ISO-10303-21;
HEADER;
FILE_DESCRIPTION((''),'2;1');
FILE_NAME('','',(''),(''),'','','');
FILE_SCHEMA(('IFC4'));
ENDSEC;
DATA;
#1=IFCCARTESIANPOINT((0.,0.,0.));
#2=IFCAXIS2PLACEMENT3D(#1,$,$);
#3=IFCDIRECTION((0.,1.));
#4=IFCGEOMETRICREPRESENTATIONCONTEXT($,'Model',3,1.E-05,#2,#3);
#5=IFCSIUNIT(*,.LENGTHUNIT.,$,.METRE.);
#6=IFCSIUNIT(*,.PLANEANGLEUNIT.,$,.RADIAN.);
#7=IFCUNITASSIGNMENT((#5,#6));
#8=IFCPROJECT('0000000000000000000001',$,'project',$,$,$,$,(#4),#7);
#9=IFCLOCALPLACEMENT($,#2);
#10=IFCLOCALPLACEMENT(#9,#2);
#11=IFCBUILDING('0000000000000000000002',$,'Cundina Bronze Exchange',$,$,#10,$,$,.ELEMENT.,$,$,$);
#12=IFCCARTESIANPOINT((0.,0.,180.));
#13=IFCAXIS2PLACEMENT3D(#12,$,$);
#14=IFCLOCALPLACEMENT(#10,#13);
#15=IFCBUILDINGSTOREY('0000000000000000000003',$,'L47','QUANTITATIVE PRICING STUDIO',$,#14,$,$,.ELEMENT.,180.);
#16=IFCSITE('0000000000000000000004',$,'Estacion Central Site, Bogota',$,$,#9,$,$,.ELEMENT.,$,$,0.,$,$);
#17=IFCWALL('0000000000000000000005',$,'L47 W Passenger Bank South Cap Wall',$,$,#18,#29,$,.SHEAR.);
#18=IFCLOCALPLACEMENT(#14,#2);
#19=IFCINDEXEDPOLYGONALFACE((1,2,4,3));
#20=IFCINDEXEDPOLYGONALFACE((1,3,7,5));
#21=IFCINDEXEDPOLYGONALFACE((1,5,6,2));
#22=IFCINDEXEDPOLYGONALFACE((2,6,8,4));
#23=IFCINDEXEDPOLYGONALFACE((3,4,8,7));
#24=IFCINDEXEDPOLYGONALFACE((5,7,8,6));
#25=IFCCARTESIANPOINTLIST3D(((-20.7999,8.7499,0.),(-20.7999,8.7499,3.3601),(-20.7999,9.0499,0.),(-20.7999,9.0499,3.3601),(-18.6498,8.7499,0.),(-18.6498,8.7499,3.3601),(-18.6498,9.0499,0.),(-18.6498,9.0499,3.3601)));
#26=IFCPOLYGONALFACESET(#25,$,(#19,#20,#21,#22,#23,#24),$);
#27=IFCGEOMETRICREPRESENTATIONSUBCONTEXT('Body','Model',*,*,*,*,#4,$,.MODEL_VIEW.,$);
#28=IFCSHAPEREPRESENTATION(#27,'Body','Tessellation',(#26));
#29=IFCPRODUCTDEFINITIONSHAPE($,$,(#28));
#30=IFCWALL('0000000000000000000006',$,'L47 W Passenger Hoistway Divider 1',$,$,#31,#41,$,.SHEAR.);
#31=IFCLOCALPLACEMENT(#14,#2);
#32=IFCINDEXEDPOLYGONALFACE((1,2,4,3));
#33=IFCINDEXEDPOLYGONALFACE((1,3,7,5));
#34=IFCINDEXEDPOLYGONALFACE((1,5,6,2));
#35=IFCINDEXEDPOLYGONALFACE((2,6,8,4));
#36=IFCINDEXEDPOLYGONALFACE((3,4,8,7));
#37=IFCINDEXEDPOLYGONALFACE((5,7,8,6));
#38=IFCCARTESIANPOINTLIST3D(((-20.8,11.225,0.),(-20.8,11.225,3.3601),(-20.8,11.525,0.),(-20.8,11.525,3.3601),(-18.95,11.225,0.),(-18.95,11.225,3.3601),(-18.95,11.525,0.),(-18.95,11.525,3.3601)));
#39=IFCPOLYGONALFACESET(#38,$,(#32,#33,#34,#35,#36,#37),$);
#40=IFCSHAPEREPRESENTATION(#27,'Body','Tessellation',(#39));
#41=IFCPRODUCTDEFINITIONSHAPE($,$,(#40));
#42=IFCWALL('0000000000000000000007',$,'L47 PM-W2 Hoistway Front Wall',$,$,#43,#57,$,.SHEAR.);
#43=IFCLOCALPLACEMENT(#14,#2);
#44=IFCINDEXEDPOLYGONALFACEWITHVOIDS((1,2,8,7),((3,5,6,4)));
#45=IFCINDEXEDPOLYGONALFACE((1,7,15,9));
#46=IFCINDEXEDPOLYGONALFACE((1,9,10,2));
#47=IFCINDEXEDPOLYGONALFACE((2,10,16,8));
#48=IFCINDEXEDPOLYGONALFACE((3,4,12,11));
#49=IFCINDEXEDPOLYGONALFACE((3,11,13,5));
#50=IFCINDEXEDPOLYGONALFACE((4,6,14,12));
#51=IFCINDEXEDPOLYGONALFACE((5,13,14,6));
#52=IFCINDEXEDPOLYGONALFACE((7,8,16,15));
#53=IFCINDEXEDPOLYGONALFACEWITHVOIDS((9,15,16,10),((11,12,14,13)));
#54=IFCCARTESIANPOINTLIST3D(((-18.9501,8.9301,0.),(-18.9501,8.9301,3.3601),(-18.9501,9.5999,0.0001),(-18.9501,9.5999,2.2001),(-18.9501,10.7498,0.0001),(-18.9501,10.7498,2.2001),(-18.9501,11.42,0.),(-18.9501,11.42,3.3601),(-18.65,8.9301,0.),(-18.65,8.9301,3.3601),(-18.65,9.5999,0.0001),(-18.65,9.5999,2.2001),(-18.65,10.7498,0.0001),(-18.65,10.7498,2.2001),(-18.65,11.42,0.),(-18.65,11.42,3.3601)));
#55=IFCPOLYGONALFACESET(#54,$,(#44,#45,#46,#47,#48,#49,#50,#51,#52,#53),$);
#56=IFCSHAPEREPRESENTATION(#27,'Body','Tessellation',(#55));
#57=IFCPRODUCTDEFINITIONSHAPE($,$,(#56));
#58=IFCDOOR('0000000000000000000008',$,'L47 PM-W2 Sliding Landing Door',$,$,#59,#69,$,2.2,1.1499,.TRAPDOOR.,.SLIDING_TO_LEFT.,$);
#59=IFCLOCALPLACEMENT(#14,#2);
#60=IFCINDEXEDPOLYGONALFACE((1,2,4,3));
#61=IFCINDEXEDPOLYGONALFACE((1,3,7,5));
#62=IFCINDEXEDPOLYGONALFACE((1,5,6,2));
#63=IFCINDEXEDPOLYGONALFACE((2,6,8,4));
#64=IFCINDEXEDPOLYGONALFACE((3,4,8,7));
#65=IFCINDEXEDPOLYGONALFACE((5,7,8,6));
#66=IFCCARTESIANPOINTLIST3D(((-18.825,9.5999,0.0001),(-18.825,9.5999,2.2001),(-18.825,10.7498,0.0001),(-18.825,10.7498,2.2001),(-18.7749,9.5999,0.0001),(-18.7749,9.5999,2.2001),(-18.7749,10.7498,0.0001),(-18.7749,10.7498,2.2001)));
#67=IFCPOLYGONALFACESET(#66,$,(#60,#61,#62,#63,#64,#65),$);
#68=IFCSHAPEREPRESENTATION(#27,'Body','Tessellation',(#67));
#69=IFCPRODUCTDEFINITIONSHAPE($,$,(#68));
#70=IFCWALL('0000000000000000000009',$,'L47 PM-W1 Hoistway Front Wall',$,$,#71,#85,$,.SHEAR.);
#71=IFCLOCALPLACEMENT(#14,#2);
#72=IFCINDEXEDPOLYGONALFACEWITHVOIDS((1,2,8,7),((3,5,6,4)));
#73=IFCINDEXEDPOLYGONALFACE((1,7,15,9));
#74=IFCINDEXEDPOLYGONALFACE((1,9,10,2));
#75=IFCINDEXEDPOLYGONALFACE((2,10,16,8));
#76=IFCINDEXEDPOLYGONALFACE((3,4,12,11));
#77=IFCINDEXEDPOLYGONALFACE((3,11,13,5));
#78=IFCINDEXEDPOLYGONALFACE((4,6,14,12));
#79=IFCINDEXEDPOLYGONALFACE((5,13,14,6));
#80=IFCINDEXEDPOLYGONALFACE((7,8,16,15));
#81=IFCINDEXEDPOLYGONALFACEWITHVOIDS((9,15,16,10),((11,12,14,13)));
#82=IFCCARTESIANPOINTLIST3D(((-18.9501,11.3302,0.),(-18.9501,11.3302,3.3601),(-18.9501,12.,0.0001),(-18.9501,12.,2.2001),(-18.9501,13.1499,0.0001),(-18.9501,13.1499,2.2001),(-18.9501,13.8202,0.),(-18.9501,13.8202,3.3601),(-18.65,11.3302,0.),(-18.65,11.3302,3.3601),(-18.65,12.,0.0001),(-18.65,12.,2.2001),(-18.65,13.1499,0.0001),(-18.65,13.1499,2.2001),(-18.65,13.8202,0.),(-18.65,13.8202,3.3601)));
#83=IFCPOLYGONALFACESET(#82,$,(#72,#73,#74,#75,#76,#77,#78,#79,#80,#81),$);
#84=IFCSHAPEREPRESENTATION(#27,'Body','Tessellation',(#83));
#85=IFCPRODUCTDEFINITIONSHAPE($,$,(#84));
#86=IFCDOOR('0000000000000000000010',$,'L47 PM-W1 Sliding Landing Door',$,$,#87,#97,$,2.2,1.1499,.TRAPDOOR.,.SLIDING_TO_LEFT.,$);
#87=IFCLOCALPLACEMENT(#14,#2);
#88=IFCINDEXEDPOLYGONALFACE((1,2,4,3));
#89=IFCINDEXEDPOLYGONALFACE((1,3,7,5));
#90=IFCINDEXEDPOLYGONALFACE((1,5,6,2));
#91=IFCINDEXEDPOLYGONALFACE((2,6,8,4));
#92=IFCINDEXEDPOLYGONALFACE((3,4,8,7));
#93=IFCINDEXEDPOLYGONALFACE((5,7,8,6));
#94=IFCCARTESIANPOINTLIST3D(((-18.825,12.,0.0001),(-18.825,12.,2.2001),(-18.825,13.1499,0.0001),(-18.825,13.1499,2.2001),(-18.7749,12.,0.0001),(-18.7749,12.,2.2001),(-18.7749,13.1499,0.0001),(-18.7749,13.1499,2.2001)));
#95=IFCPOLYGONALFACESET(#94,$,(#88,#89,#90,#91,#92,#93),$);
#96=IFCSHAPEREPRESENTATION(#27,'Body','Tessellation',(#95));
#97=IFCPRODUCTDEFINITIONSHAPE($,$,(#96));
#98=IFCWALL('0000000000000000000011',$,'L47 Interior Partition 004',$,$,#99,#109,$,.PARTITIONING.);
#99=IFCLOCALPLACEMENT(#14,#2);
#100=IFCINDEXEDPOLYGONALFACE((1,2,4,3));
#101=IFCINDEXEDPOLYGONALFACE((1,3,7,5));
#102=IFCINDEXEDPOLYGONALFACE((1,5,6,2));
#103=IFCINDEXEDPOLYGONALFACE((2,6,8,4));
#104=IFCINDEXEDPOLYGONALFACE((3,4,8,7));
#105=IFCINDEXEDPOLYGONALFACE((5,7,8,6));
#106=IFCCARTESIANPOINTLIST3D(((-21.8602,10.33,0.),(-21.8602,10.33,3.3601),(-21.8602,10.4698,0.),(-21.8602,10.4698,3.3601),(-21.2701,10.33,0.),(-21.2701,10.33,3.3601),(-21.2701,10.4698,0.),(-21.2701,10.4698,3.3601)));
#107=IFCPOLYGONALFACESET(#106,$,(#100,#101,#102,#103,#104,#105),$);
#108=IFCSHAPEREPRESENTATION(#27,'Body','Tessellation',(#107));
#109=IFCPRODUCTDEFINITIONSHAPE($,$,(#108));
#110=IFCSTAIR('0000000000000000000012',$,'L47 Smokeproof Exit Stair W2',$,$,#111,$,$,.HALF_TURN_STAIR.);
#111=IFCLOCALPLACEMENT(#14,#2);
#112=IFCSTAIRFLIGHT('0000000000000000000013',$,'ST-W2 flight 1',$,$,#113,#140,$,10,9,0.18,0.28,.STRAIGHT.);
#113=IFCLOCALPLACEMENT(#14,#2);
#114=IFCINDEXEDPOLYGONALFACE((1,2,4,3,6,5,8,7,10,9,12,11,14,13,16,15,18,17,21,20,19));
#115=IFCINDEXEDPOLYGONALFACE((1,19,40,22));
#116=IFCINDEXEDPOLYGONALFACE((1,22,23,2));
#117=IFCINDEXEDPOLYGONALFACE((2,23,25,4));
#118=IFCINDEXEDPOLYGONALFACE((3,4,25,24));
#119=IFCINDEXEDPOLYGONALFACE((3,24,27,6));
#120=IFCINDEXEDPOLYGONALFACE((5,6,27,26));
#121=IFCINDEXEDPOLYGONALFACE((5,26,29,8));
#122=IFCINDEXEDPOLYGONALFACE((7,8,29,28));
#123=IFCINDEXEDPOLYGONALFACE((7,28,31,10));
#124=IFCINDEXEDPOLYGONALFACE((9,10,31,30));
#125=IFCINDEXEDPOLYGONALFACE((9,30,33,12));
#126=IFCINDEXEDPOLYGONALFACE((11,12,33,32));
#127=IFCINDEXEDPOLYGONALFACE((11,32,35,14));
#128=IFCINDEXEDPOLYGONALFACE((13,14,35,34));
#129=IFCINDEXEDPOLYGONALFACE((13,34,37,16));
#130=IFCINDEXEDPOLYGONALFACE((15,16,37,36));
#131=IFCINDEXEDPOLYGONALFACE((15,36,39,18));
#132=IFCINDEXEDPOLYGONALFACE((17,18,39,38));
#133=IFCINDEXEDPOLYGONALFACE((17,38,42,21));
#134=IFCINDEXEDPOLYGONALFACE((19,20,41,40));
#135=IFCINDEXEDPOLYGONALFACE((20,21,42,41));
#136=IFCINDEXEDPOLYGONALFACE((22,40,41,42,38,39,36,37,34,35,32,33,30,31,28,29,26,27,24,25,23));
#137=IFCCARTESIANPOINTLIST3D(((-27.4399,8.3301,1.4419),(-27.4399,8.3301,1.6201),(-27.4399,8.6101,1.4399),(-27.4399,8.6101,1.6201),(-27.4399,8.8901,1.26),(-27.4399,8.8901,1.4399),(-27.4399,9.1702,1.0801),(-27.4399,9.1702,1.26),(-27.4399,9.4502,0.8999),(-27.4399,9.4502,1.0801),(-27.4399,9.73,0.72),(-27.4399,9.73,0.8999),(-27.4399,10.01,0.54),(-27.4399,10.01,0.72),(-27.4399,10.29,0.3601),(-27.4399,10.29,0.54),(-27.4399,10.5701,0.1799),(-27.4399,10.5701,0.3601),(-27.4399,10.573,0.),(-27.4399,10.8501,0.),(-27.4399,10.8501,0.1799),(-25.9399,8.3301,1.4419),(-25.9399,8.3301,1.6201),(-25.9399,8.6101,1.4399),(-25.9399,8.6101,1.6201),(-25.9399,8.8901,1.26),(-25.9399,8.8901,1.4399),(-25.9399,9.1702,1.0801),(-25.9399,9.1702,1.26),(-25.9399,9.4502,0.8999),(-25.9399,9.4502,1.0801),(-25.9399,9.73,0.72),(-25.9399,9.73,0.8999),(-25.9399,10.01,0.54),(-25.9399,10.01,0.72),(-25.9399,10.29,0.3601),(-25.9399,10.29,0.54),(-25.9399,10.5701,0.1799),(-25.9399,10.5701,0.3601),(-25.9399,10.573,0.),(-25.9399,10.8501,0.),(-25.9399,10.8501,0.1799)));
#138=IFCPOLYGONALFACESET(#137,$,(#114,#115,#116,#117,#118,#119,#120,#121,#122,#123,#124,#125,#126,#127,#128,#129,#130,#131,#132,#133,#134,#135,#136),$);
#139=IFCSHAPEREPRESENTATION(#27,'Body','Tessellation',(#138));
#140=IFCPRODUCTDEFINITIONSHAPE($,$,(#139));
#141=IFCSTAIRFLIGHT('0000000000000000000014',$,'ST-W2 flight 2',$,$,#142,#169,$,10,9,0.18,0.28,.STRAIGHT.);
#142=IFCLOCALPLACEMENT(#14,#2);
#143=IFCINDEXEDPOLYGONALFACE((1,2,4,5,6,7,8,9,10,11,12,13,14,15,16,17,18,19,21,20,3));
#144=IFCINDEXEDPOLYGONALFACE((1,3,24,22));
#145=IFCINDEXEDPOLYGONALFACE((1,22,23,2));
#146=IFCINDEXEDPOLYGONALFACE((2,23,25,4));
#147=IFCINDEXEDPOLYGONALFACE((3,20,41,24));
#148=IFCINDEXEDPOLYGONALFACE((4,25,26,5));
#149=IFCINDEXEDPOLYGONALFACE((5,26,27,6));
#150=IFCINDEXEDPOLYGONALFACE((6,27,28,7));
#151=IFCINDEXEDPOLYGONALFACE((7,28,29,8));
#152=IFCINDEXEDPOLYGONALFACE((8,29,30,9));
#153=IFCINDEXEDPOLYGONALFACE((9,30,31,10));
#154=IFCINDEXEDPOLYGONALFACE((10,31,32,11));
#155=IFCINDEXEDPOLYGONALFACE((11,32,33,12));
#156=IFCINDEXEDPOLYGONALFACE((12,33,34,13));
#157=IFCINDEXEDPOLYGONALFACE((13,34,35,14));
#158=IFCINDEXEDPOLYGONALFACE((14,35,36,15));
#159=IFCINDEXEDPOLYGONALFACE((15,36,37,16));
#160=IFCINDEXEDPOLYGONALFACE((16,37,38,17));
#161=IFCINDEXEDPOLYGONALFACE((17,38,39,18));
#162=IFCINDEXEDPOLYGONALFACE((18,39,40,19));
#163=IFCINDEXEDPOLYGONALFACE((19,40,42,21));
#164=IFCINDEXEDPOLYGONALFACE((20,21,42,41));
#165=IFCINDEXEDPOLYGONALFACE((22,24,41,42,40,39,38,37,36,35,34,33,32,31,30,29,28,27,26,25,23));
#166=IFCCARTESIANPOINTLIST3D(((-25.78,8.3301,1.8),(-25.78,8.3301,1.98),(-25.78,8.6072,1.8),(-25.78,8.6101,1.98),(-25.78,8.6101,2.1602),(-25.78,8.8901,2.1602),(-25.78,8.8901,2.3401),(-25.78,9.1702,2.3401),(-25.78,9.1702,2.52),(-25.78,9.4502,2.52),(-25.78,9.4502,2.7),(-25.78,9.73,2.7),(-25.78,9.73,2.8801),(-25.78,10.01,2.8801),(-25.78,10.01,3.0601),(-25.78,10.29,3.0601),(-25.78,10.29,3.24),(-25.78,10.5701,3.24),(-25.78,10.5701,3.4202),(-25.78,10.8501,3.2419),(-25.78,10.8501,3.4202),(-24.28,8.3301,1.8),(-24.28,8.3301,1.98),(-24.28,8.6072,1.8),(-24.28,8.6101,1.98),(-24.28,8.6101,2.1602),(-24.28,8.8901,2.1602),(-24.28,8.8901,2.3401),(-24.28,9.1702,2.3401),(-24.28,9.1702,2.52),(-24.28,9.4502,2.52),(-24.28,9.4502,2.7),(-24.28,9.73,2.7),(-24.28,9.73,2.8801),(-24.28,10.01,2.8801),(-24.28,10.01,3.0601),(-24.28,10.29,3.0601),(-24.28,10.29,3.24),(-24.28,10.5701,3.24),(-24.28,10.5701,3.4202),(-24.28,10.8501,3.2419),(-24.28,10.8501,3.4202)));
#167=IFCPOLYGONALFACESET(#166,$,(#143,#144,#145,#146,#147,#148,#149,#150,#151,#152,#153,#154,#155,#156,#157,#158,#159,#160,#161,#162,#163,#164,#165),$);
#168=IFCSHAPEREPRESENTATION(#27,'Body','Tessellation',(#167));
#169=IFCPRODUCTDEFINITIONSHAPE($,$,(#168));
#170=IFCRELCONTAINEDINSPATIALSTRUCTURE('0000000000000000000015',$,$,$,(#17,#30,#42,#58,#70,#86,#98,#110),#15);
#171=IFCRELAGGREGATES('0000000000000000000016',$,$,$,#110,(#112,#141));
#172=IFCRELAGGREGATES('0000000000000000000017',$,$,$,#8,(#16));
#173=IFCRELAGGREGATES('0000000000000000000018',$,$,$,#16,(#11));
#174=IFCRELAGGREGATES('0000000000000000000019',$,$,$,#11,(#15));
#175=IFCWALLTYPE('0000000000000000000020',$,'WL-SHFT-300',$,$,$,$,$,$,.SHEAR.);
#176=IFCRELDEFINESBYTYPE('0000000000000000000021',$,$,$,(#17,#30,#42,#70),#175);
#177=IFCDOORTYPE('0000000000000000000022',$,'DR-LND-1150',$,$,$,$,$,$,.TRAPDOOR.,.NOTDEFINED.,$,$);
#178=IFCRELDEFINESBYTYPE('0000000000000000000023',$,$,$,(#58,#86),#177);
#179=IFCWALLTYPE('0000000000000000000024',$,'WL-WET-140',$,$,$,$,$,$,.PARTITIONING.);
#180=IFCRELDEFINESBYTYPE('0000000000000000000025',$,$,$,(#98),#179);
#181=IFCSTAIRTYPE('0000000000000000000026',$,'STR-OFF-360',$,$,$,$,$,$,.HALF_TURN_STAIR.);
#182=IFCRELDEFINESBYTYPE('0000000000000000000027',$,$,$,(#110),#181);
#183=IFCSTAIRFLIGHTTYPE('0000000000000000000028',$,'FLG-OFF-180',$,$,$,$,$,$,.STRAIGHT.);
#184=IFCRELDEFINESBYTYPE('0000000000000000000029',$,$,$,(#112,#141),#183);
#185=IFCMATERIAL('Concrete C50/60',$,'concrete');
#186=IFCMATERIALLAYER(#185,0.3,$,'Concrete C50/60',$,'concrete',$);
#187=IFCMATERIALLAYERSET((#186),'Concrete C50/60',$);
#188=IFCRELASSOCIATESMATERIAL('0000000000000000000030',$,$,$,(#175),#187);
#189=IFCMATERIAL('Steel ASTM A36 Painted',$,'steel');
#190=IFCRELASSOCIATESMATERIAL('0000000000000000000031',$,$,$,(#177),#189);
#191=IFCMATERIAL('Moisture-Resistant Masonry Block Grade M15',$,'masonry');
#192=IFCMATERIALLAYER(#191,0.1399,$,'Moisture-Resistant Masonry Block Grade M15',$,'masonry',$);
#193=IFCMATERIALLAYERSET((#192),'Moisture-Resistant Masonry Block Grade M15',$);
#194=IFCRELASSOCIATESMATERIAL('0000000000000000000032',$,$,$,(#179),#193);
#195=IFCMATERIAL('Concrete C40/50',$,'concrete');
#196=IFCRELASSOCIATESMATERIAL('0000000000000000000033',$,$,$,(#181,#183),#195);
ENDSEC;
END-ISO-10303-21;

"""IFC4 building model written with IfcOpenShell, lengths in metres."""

from ifc_helpers import new_model, si_unit, direction, frame, frame_2d, origin, place, context, subcontext, project, spatial, polyline, rectangle, outline, extrude, material, layer, layer_set, type_object, element, fill, aggregate, save


model = new_model("IFC4")

# Units and contexts
model_context = context("Model", 3, precision=1e-05, world=origin(), true_north=direction((0.0, 1.0)))
body_context = subcontext(model_context, "Body", "Model", "MODEL_VIEW")
ifc_project = project(units=[si_unit("LENGTHUNIT", "METRE"), si_unit("PLANEANGLEUNIT", "RADIAN")], contexts=[model_context])

# Site, building, storey
site_placement = place(None, origin())
site = spatial("IfcSite", under=ifc_project, at=site_placement, Name="Estacion Central Site, Bogota", CompositionType="ELEMENT", RefElevation=0.0)
building_placement = place(site_placement, origin())
building = spatial("IfcBuilding", under=site, at=building_placement, Name="Cundina Bronze Exchange", CompositionType="ELEMENT")
storey_placement = place(building_placement, frame((0.0, 0.0, 180.0)))
storey = spatial("IfcBuildingStorey", under=building, at=storey_placement, Name="L47", Description="QUANTITATIVE PRICING STUDIO", CompositionType="ELEMENT", Elevation=180.0)

# Shared definitions
ifc_material_1 = material(Name="Concrete C50/60", Category="concrete")

# Shared definitions
ifc_layer_1 = layer(ifc_material_1, 0.3, Name="Concrete C50/60", Category="concrete")
ifc_layer_set_1 = layer_set([ifc_layer_1], Name="Concrete C50/60")
wall_type_1 = type_object("IfcWallType", Name="WL-SHFT-300", PredefinedType="SHEAR", material=ifc_layer_set_1)
ifc_material_2 = material(Name="Steel ASTM A36 Painted", Category="steel")
door_type = type_object("IfcDoorType", Name="DR-LND-1150", OperationType="NOTDEFINED", PredefinedType="TRAPDOOR", material=ifc_material_2)

# Walls
wall_1_placement = place(storey_placement, frame((-20.8, 8.8999, 0.0), z_axis=(0.0, 0.0, 1.0), x_axis=(1.0, 0.0, 0.0)))
element("IfcWall", 1, at=wall_1_placement, inside=storey, type_object=wall_type_1, Name="L47 W Passenger Bank South Cap Wall", PredefinedType="SHEAR", context=body_context, shape_type="SweptSolid", body=[
    extrude(rectangle(XDim=2.1501, YDim=0.3, at=frame_2d((1.0752, 0.0))), origin(), (0.0, 0.0, 1.0), 3.3601),
])
wall_2_placement = place(storey_placement, frame((-20.8, 11.375, 0.0), z_axis=(0.0, 0.0, 1.0), x_axis=(1.0, 0.0, 0.0)))
element("IfcWall", 2, at=wall_2_placement, inside=storey, type_object=wall_type_1, Name="L47 W Passenger Hoistway Divider 1", PredefinedType="SHEAR", context=body_context, shape_type="SweptSolid", body=[
    extrude(rectangle(XDim=1.8501, YDim=0.3, at=frame_2d((0.925, 0.0))), origin(), (0.0, 0.0, 1.0), 3.3601),
])

# Walls, openings, doors
wall_3_placement = place(storey_placement, frame((-18.8, 8.9299, 0.0), z_axis=(0.0, 0.0, 1.0), x_axis=(0.0, 1.0, 0.0)))
wall_3 = element("IfcWall", 3, at=wall_3_placement, inside=storey, type_object=wall_type_1, Name="L47 PM-W2 Hoistway Front Wall", PredefinedType="SHEAR", context=body_context, shape_type="SweptSolid", body=[
    extrude(rectangle(XDim=2.49, YDim=0.3, at=frame_2d((1.2451, 0.0))), origin(), (0.0, 0.0, 1.0), 3.3601),
])
opening_1_placement = place(wall_3_placement, frame((0.6699, 0.0, 0.0)))
opening_1 = element("IfcOpeningElement", 4, at=opening_1_placement, cuts=wall_3, PredefinedType="OPENING", context=body_context, shape_type="SweptSolid", body=[
    extrude(rectangle(XDim=1.1499, YDim=2.2, at=frame_2d((0.575, 1.1001))), frame((0.0, 0.1599, 0.0), z_axis=(0.0, -1.0, 0.0), x_axis=(1.0, 0.0, 0.0)), (0.0, 0.0, 1.0), 0.3201),
])
door_1_placement = place(opening_1_placement, origin())
door_1 = element("IfcDoor", 5, at=door_1_placement, inside=storey, type_object=door_type, Name="L47 PM-W2 Sliding Landing Door", OperationType="SLIDING_TO_LEFT", OverallHeight=2.2, OverallWidth=1.1499, PredefinedType="TRAPDOOR", context=body_context, shape_type="SweptSolid", body=[
    extrude(rectangle(XDim=1.1499, YDim=2.2, at=frame_2d((0.575, 1.1001))), frame((0.0, 0.0249, 0.0), z_axis=(0.0, -1.0, 0.0), x_axis=(1.0, 0.0, 0.0)), (0.0, 0.0, 1.0), 0.05),
])
fill(opening_1, door_1)
wall_4_placement = place(storey_placement, frame((-18.8, 11.3301, 0.0), z_axis=(0.0, 0.0, 1.0), x_axis=(0.0, 1.0, 0.0)))
wall_4 = element("IfcWall", 6, at=wall_4_placement, inside=storey, type_object=wall_type_1, Name="L47 PM-W1 Hoistway Front Wall", PredefinedType="SHEAR", context=body_context, shape_type="SweptSolid", body=[
    extrude(rectangle(XDim=2.49, YDim=0.3, at=frame_2d((1.2451, 0.0))), origin(), (0.0, 0.0, 1.0), 3.3601),
])
opening_2_placement = place(wall_4_placement, frame((0.6699, 0.0, 0.0)))
opening_2 = element("IfcOpeningElement", 7, at=opening_2_placement, cuts=wall_4, PredefinedType="OPENING", context=body_context, shape_type="SweptSolid", body=[
    extrude(rectangle(XDim=1.1499, YDim=2.2, at=frame_2d((0.575, 1.1001))), frame((0.0, 0.1599, 0.0), z_axis=(0.0, -1.0, 0.0), x_axis=(1.0, 0.0, 0.0)), (0.0, 0.0, 1.0), 0.3201),
])
door_2_placement = place(opening_2_placement, origin())
door_2 = element("IfcDoor", 8, at=door_2_placement, inside=storey, type_object=door_type, Name="L47 PM-W1 Sliding Landing Door", OperationType="SLIDING_TO_LEFT", OverallHeight=2.2, OverallWidth=1.1499, PredefinedType="TRAPDOOR", context=body_context, shape_type="SweptSolid", body=[
    extrude(rectangle(XDim=1.1499, YDim=2.2, at=frame_2d((0.575, 1.1001))), frame((0.0, 0.0249, 0.0), z_axis=(0.0, -1.0, 0.0), x_axis=(1.0, 0.0, 0.0)), (0.0, 0.0, 1.0), 0.05),
])
fill(opening_2, door_2)

# Wall
ifc_material_3 = material(Name="Moisture-Resistant Masonry Block Grade M15", Category="masonry")
ifc_layer_2 = layer(ifc_material_3, 0.1399, Name="Moisture-Resistant Masonry Block Grade M15", Category="masonry")
ifc_layer_set_2 = layer_set([ifc_layer_2], Name="Moisture-Resistant Masonry Block Grade M15")
wall_type_2 = type_object("IfcWallType", Name="WL-WET-140", PredefinedType="PARTITIONING", material=ifc_layer_set_2)
wall_5_placement = place(storey_placement, frame((-21.8601, 10.3999, 0.0), z_axis=(0.0, 0.0, 1.0), x_axis=(1.0, 0.0, 0.0)))
element("IfcWall", 9, at=wall_5_placement, inside=storey, type_object=wall_type_2, Name="L47 Interior Partition 004", PredefinedType="PARTITIONING", context=body_context, shape_type="SweptSolid", body=[
    extrude(rectangle(XDim=0.5901, YDim=0.1399, at=frame_2d((0.2949, 0.0))), origin(), (0.0, 0.0, 1.0), 3.3601),
])

# Stair, stair flights
ifc_material_4 = material(Name="Concrete C40/50", Category="concrete")
stair_type = type_object("IfcStairType", Name="STR-OFF-360", PredefinedType="HALF_TURN_STAIR", material=ifc_material_4)
stair_placement = place(storey_placement, origin())
stair = element("IfcStair", 10, at=stair_placement, inside=storey, type_object=stair_type, Name="L47 Smokeproof Exit Stair W2", PredefinedType="HALF_TURN_STAIR")
stair_flight_type = type_object("IfcStairFlightType", Name="FLG-OFF-180", PredefinedType="STRAIGHT", material=ifc_material_4)
stair_flight_1_placement = place(storey_placement, frame((-26.6899, 10.8501, 0.0), z_axis=(0.0, 0.0, 1.0), x_axis=(0.0, -1.0, 0.0)))
stair_flight_1 = element("IfcStairFlight", 11, at=stair_flight_1_placement, type_object=stair_flight_type, Name="ST-W2 flight 1", NumberOfRisers=10, NumberOfTreads=9, PredefinedType="STRAIGHT", RiserHeight=0.18, TreadLength=0.28, context=body_context, shape_type="SweptSolid", body=[
    extrude(outline(polyline([(0.0, 0.0), (0.0, 0.1799), (0.28, 0.1799), (0.28, 0.3601), (0.5601, 0.3601), (0.5601, 0.54), (0.8401, 0.54), (0.8401, 0.72), (1.1201, 0.72), (1.1201, 0.8999), (1.3999, 0.8999), (1.3999, 1.0801), (1.6799, 1.0801), (1.6799, 1.26), (1.96, 1.26), (1.96, 1.4399), (2.24, 1.4399), (2.24, 1.6201), (2.52, 1.6201), (2.52, 1.8), (2.52, 1.4419), (0.2771, 0.0), (0.0, 0.0)])), frame((0.0, 0.75, 0.0), z_axis=(0.0, -1.0, 0.0), x_axis=(1.0, 0.0, 0.0)), (0.0, 0.0, 1.0), 1.5),
])
stair_flight_2_placement = place(storey_placement, frame((-25.03, 8.3301, 1.8), z_axis=(0.0, 0.0, 1.0), x_axis=(0.0, 1.0, 0.0)))
stair_flight_2 = element("IfcStairFlight", 12, at=stair_flight_2_placement, type_object=stair_flight_type, Name="ST-W2 flight 2", NumberOfRisers=10, NumberOfTreads=9, PredefinedType="STRAIGHT", RiserHeight=0.18, TreadLength=0.28, context=body_context, shape_type="SweptSolid", body=[
    extrude(outline(polyline([(0.0, 0.0), (0.0, 0.1799), (0.28, 0.1799), (0.28, 0.3601), (0.5601, 0.3601), (0.5601, 0.54), (0.8401, 0.54), (0.8401, 0.72), (1.1201, 0.72), (1.1201, 0.8999), (1.3999, 0.8999), (1.3999, 1.0801), (1.6799, 1.0801), (1.6799, 1.26), (1.96, 1.26), (1.96, 1.4399), (2.24, 1.4399), (2.24, 1.6201), (2.52, 1.6201), (2.52, 1.8), (2.52, 1.4419), (0.2771, 0.0), (0.0, 0.0)])), frame((0.0, 0.75, 0.0), z_axis=(0.0, -1.0, 0.0), x_axis=(1.0, 0.0, 0.0)), (0.0, 0.0, 1.0), 1.5),
])
aggregate(stair, [stair_flight_1, stair_flight_2])

save(model, "model.ifc")
